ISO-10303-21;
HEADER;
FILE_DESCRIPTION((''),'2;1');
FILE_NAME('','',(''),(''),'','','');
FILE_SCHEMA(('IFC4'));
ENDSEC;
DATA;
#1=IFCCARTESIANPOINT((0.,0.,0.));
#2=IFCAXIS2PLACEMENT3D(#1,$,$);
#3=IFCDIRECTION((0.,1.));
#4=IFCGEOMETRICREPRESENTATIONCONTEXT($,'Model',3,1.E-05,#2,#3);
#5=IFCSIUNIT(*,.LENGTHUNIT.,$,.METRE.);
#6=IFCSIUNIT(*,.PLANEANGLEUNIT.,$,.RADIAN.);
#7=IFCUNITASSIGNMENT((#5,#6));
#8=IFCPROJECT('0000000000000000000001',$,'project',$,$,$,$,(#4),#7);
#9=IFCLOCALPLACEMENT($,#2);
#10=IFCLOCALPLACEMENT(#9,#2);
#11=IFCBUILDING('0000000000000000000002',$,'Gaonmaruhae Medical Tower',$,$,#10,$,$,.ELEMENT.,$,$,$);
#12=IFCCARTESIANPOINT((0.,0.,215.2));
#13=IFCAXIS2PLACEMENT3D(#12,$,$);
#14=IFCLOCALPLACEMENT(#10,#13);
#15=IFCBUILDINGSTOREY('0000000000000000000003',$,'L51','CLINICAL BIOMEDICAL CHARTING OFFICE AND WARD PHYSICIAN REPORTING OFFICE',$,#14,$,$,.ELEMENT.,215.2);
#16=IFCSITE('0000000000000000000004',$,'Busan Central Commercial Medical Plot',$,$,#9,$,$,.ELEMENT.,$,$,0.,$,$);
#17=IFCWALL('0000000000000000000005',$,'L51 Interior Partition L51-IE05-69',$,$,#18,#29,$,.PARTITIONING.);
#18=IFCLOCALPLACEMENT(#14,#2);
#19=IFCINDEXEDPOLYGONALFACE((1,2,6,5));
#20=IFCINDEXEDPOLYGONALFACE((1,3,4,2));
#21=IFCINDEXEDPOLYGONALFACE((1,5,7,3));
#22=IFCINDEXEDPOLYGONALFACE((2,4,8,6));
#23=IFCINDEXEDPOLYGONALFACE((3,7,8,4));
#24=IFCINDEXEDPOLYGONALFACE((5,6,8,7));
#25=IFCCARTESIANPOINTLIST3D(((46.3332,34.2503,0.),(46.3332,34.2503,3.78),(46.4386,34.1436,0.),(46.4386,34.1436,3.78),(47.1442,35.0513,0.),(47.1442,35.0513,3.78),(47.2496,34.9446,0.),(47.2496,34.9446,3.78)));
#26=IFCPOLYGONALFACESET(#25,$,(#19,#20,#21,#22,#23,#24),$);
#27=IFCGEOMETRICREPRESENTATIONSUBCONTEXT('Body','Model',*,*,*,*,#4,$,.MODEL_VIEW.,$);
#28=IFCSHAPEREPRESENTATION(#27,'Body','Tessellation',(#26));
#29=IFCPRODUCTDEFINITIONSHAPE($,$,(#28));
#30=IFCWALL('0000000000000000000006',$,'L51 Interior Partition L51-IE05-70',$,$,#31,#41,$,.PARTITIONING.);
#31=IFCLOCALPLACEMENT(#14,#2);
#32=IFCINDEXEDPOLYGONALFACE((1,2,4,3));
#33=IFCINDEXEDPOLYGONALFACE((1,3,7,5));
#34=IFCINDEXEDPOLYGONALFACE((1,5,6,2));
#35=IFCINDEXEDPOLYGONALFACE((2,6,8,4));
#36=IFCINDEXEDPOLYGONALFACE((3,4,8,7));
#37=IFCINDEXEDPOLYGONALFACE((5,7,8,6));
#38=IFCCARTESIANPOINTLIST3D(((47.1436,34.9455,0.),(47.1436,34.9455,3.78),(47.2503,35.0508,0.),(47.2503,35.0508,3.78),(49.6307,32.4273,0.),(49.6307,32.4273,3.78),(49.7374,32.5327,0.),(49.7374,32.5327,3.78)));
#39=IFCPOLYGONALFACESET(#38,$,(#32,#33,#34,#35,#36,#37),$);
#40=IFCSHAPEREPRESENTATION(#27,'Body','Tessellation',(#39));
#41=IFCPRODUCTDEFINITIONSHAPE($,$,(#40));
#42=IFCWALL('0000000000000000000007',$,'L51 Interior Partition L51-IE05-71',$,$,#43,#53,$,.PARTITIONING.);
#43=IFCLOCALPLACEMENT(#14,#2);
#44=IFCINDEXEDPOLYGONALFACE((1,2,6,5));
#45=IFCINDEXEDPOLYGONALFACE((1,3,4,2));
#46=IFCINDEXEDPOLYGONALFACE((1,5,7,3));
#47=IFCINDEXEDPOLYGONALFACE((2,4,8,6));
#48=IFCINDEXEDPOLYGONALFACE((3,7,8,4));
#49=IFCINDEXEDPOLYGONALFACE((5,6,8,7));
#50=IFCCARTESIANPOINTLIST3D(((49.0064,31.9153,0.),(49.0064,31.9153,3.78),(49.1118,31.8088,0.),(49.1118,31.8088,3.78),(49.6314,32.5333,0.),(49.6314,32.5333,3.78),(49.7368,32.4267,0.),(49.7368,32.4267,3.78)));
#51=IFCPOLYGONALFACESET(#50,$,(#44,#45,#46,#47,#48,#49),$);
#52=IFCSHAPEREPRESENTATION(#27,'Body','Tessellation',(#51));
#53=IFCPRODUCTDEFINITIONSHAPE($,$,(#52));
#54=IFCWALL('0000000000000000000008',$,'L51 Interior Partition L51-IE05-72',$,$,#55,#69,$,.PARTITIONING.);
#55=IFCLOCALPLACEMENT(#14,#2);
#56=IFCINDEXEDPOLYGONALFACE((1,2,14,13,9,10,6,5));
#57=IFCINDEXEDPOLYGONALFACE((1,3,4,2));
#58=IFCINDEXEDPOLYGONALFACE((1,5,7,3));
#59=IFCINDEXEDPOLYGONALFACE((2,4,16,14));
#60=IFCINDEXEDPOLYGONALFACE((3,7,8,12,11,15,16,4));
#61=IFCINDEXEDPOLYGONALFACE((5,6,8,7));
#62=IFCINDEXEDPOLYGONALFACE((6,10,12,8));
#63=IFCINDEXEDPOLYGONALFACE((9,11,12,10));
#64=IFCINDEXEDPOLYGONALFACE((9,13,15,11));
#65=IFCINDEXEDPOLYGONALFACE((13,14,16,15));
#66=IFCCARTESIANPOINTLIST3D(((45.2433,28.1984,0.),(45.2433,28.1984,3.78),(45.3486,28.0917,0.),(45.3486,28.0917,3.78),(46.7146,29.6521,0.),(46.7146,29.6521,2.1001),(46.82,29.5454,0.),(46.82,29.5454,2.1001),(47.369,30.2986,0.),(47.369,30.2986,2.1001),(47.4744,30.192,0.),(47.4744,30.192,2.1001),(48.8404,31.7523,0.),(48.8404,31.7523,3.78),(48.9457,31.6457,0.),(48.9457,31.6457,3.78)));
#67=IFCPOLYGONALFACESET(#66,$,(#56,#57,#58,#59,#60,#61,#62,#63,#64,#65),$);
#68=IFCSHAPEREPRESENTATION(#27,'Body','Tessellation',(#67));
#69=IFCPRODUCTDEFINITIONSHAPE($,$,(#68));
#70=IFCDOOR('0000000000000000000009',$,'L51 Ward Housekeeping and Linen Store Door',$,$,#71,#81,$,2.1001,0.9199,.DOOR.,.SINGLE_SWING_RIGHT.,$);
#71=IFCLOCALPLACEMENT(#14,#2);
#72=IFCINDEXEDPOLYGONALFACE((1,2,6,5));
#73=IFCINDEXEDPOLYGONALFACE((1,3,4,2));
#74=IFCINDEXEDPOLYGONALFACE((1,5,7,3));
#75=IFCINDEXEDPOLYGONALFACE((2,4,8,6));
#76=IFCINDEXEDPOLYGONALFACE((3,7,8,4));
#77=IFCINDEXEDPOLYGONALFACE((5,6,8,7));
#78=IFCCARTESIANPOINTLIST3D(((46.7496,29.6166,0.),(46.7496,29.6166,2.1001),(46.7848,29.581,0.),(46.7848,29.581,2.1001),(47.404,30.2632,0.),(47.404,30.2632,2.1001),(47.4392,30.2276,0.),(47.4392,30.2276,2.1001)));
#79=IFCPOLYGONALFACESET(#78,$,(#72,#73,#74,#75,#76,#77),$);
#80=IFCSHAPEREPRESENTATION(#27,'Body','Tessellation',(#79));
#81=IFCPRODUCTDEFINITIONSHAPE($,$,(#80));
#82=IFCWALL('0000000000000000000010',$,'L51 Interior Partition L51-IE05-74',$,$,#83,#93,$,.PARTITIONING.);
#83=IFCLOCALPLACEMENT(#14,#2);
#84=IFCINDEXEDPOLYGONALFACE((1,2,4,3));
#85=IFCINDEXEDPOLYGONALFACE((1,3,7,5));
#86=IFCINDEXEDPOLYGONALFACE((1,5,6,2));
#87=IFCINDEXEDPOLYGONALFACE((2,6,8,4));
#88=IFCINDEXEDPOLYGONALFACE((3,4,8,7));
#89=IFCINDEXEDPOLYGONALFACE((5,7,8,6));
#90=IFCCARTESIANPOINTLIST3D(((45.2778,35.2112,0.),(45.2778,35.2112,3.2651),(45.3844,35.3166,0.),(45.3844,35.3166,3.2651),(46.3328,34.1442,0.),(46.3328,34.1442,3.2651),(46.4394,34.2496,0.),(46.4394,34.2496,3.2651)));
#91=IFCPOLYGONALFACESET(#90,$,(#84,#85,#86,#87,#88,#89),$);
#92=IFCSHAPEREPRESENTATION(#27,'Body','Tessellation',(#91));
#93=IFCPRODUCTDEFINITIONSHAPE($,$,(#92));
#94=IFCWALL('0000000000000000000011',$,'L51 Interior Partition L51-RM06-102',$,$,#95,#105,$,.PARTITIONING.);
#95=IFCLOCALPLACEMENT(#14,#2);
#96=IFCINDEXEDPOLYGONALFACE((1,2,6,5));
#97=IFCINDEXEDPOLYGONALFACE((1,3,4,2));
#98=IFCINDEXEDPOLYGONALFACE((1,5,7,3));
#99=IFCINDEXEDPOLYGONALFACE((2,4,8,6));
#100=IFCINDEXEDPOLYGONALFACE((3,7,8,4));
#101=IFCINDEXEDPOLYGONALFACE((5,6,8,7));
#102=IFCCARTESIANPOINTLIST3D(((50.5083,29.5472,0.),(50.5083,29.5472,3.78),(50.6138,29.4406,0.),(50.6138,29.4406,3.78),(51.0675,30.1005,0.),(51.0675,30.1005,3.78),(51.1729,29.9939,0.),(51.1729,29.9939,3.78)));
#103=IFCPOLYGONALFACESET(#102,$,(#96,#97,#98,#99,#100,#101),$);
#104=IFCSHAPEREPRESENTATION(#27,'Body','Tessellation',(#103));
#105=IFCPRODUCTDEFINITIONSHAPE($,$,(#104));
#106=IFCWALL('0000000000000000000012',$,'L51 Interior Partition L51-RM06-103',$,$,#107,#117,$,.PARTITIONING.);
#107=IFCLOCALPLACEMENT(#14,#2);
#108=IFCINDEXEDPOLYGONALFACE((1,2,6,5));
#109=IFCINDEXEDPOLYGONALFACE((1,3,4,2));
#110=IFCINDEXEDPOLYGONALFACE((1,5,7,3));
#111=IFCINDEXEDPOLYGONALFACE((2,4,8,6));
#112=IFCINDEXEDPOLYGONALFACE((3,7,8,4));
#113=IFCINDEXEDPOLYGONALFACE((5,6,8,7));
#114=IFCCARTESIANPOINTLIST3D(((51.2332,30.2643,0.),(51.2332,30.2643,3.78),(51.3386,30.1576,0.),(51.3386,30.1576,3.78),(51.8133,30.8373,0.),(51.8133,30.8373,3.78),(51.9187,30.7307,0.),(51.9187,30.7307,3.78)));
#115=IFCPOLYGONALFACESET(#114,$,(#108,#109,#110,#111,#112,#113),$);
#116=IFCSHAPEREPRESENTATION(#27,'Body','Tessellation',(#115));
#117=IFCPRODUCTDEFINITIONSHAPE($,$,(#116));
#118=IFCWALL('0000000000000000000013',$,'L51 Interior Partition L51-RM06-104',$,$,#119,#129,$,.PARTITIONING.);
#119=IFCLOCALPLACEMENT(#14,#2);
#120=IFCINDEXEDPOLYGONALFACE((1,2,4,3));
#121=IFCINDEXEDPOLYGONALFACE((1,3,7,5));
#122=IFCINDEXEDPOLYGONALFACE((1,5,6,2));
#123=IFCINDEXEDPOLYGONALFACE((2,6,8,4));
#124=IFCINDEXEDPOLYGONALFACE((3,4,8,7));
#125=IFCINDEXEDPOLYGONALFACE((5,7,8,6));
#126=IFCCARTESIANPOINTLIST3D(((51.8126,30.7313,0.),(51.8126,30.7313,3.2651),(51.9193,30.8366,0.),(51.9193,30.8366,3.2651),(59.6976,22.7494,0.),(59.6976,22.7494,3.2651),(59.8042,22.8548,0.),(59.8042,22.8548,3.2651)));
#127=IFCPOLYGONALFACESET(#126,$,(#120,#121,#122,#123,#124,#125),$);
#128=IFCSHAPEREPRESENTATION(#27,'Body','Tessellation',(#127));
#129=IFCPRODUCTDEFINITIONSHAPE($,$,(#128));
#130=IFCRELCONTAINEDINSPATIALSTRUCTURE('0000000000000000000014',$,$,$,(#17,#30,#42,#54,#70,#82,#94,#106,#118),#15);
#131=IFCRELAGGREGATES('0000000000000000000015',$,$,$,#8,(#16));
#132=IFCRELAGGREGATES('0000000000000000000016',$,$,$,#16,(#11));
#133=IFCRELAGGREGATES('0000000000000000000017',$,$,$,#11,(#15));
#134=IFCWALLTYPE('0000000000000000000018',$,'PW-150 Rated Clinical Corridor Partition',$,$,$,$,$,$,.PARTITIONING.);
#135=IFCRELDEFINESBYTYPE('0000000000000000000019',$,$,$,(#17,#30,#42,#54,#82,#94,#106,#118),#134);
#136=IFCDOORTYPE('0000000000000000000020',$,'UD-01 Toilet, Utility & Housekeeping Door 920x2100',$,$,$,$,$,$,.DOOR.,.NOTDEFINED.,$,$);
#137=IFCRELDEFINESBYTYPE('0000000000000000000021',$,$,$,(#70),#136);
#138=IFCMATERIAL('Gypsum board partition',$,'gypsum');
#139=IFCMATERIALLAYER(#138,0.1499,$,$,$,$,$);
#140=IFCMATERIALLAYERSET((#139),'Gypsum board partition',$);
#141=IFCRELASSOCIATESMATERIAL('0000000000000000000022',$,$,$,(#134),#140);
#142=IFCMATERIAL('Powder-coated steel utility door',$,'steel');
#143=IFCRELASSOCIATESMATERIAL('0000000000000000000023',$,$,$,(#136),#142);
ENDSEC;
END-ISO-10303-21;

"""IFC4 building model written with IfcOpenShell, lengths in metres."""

from ifc_helpers import new_model, si_unit, direction, frame, frame_2d, origin, place, context, subcontext, project, spatial, rectangle, extrude, material, layer, layer_set, type_object, element, fill, save


model = new_model("IFC4")

# Units and contexts
model_context = context("Model", 3, precision=1e-05, world=origin(), true_north=direction((0.0, 1.0)))
body_context = subcontext(model_context, "Body", "Model", "MODEL_VIEW")
ifc_project = project(units=[si_unit("LENGTHUNIT", "METRE"), si_unit("PLANEANGLEUNIT", "RADIAN")], contexts=[model_context])

# Site, building, storey
site_placement = place(None, origin())
site = spatial("IfcSite", under=ifc_project, at=site_placement, Name="Busan Central Commercial Medical Plot", CompositionType="ELEMENT", RefElevation=0.0)
building_placement = place(site_placement, origin())
building = spatial("IfcBuilding", under=site, at=building_placement, Name="Gaonmaruhae Medical Tower", CompositionType="ELEMENT")
storey_placement = place(building_placement, frame((0.0, 0.0, 215.2)))
storey = spatial("IfcBuildingStorey", under=building, at=storey_placement, Name="L51", Description="CLINICAL BIOMEDICAL CHARTING OFFICE AND WARD PHYSICIAN REPORTING OFFICE", CompositionType="ELEMENT", Elevation=215.2)

# Walls
ifc_material_1 = material(Name="Gypsum board partition", Category="gypsum")
ifc_layer_1 = layer(ifc_material_1, 0.1499)
ifc_layer_set_1 = layer_set([ifc_layer_1], Name="Gypsum board partition")
wall_type_1 = type_object("IfcWallType", Name="PW-150 Rated Clinical Corridor Partition", PredefinedType="PARTITIONING", material=ifc_layer_set_1)
wall_1_placement = place(storey_placement, frame((46.386, 34.197, 0.0), z_axis=(0.0, 0.0, 1.0), x_axis=(0.711484, 0.702703, 0.0)))
element("IfcWall", 1, at=wall_1_placement, inside=storey, type_object=wall_type_1, Name="L51 Interior Partition L51-IE05-69", PredefinedType="PARTITIONING", context=body_context, shape_type="SweptSolid", body=[
    extrude(rectangle(XDim=1.1399, YDim=0.1499, at=frame_2d((0.5698, 0.0))), origin(), (0.0, 0.0, 1.0), 3.78),
])
wall_2_placement = place(storey_placement, frame((47.197, 34.998, 0.0), z_axis=(0.0, 0.0, 1.0), x_axis=(0.702713, -0.711474, 0.0)))
element("IfcWall", 2, at=wall_2_placement, inside=storey, type_object=wall_type_1, Name="L51 Interior Partition L51-IE05-70", PredefinedType="PARTITIONING", context=body_context, shape_type="SweptSolid", body=[
    extrude(rectangle(XDim=3.5393, YDim=0.1499, at=frame_2d((1.7695, 0.0))), origin(), (0.0, 0.0, 1.0), 3.78),
])
wall_3_placement = place(storey_placement, frame((49.6841, 32.48, 0.0), z_axis=(0.0, 0.0, 1.0), x_axis=(-0.711123, -0.703067, 0.0)))
element("IfcWall", 3, at=wall_3_placement, inside=storey, type_object=wall_type_1, Name="L51 Interior Partition L51-IE05-71", PredefinedType="PARTITIONING", context=body_context, shape_type="SweptSolid", body=[
    extrude(rectangle(XDim=0.8789, YDim=0.1499, at=frame_2d((0.4395, 0.0))), origin(), (0.0, 0.0, 1.0), 3.78),
])

# Wall, opening, door
wall_4_placement = place(storey_placement, frame((48.8931, 31.699, 0.0), z_axis=(0.0, 0.0, 1.0), x_axis=(-0.711367, -0.702821, 0.0)))
wall_4 = element("IfcWall", 4, at=wall_4_placement, inside=storey, type_object=wall_type_1, Name="L51 Interior Partition L51-IE05-72", PredefinedType="PARTITIONING", context=body_context, shape_type="SweptSolid", body=[
    extrude(rectangle(XDim=5.0566, YDim=0.1499, at=frame_2d((2.5283, 0.0))), origin(), (0.0, 0.0, 1.0), 3.78),
])
opening_placement = place(wall_4_placement, frame((2.0684, 0.0, 0.0)))
opening = element("IfcOpeningElement", 5, at=opening_placement, cuts=wall_4, PredefinedType="OPENING", context=body_context, shape_type="SweptSolid", body=[
    extrude(rectangle(XDim=0.9199, YDim=2.1001, at=frame_2d((0.46, 1.05))), frame((0.0, 0.085, 0.0), z_axis=(0.0, -1.0, 0.0), x_axis=(1.0, 0.0, 0.0)), (0.0, 0.0, 1.0), 0.1699),
])
ifc_material_2 = material(Name="Powder-coated steel utility door", Category="steel")
door_type = type_object("IfcDoorType", Name="UD-01 Toilet, Utility & Housekeeping Door 920x2100", OperationType="NOTDEFINED", PredefinedType="DOOR", material=ifc_material_2)
door_placement = place(opening_placement, origin())
door = element("IfcDoor", 6, at=door_placement, inside=storey, type_object=door_type, Name="L51 Ward Housekeeping and Linen Store Door", OperationType="SINGLE_SWING_RIGHT", OverallHeight=2.1001, OverallWidth=0.9199, PredefinedType="DOOR", context=body_context, shape_type="SweptSolid", body=[
    extrude(rectangle(XDim=0.9199, YDim=2.1001, at=frame_2d((0.46, 1.05))), frame((0.0, 0.0249, 0.0), z_axis=(0.0, -1.0, 0.0), x_axis=(1.0, 0.0, 0.0)), (0.0, 0.0, 1.0), 0.05),
])
fill(opening, door)

# Walls
wall_5_placement = place(storey_placement, frame((45.3311, 35.2639, 0.0), z_axis=(0.0, 0.0, 1.0), x_axis=(0.703109, -0.711082, 0.0)))
element("IfcWall", 7, at=wall_5_placement, inside=storey, type_object=wall_type_1, Name="L51 Interior Partition L51-IE05-74", PredefinedType="PARTITIONING", context=body_context, shape_type="SweptSolid", body=[
    extrude(rectangle(XDim=1.5005, YDim=0.1499, at=frame_2d((0.7502, 0.0))), origin(), (0.0, 0.0, 1.0), 3.2651),
])
wall_6_placement = place(storey_placement, frame((50.561, 29.4939, 0.0), z_axis=(0.0, 0.0, 1.0), x_axis=(0.710822, 0.703372, 0.0)))
element("IfcWall", 8, at=wall_6_placement, inside=storey, type_object=wall_type_1, Name="L51 Interior Partition L51-RM06-102", PredefinedType="PARTITIONING", context=body_context, shape_type="SweptSolid", body=[
    extrude(rectangle(XDim=0.7866, YDim=0.1499, at=frame_2d((0.3933, 0.0))), origin(), (0.0, 0.0, 1.0), 3.78),
])
wall_7_placement = place(storey_placement, frame((51.2859, 30.2109, 0.0), z_axis=(0.0, 0.0, 1.0), x_axis=(0.711435, 0.702752, 0.0)))
element("IfcWall", 9, at=wall_7_placement, inside=storey, type_object=wall_type_1, Name="L51 Interior Partition L51-RM06-103", PredefinedType="PARTITIONING", context=body_context, shape_type="SweptSolid", body=[
    extrude(rectangle(XDim=0.8154, YDim=0.1499, at=frame_2d((0.4077, 0.0))), origin(), (0.0, 0.0, 1.0), 3.78),
])
wall_8_placement = place(storey_placement, frame((51.866, 30.7839, 0.0), z_axis=(0.0, 0.0, 1.0), x_axis=(0.702774, -0.711413, 0.0)))
element("IfcWall", 10, at=wall_8_placement, inside=storey, type_object=wall_type_1, Name="L51 Interior Partition L51-RM06-104", PredefinedType="PARTITIONING", context=body_context, shape_type="SweptSolid", body=[
    extrude(rectangle(XDim=11.2197, YDim=0.1499, at=frame_2d((5.6099, 0.0))), origin(), (0.0, 0.0, 1.0), 3.2651),
])

save(model, "model.ifc")
